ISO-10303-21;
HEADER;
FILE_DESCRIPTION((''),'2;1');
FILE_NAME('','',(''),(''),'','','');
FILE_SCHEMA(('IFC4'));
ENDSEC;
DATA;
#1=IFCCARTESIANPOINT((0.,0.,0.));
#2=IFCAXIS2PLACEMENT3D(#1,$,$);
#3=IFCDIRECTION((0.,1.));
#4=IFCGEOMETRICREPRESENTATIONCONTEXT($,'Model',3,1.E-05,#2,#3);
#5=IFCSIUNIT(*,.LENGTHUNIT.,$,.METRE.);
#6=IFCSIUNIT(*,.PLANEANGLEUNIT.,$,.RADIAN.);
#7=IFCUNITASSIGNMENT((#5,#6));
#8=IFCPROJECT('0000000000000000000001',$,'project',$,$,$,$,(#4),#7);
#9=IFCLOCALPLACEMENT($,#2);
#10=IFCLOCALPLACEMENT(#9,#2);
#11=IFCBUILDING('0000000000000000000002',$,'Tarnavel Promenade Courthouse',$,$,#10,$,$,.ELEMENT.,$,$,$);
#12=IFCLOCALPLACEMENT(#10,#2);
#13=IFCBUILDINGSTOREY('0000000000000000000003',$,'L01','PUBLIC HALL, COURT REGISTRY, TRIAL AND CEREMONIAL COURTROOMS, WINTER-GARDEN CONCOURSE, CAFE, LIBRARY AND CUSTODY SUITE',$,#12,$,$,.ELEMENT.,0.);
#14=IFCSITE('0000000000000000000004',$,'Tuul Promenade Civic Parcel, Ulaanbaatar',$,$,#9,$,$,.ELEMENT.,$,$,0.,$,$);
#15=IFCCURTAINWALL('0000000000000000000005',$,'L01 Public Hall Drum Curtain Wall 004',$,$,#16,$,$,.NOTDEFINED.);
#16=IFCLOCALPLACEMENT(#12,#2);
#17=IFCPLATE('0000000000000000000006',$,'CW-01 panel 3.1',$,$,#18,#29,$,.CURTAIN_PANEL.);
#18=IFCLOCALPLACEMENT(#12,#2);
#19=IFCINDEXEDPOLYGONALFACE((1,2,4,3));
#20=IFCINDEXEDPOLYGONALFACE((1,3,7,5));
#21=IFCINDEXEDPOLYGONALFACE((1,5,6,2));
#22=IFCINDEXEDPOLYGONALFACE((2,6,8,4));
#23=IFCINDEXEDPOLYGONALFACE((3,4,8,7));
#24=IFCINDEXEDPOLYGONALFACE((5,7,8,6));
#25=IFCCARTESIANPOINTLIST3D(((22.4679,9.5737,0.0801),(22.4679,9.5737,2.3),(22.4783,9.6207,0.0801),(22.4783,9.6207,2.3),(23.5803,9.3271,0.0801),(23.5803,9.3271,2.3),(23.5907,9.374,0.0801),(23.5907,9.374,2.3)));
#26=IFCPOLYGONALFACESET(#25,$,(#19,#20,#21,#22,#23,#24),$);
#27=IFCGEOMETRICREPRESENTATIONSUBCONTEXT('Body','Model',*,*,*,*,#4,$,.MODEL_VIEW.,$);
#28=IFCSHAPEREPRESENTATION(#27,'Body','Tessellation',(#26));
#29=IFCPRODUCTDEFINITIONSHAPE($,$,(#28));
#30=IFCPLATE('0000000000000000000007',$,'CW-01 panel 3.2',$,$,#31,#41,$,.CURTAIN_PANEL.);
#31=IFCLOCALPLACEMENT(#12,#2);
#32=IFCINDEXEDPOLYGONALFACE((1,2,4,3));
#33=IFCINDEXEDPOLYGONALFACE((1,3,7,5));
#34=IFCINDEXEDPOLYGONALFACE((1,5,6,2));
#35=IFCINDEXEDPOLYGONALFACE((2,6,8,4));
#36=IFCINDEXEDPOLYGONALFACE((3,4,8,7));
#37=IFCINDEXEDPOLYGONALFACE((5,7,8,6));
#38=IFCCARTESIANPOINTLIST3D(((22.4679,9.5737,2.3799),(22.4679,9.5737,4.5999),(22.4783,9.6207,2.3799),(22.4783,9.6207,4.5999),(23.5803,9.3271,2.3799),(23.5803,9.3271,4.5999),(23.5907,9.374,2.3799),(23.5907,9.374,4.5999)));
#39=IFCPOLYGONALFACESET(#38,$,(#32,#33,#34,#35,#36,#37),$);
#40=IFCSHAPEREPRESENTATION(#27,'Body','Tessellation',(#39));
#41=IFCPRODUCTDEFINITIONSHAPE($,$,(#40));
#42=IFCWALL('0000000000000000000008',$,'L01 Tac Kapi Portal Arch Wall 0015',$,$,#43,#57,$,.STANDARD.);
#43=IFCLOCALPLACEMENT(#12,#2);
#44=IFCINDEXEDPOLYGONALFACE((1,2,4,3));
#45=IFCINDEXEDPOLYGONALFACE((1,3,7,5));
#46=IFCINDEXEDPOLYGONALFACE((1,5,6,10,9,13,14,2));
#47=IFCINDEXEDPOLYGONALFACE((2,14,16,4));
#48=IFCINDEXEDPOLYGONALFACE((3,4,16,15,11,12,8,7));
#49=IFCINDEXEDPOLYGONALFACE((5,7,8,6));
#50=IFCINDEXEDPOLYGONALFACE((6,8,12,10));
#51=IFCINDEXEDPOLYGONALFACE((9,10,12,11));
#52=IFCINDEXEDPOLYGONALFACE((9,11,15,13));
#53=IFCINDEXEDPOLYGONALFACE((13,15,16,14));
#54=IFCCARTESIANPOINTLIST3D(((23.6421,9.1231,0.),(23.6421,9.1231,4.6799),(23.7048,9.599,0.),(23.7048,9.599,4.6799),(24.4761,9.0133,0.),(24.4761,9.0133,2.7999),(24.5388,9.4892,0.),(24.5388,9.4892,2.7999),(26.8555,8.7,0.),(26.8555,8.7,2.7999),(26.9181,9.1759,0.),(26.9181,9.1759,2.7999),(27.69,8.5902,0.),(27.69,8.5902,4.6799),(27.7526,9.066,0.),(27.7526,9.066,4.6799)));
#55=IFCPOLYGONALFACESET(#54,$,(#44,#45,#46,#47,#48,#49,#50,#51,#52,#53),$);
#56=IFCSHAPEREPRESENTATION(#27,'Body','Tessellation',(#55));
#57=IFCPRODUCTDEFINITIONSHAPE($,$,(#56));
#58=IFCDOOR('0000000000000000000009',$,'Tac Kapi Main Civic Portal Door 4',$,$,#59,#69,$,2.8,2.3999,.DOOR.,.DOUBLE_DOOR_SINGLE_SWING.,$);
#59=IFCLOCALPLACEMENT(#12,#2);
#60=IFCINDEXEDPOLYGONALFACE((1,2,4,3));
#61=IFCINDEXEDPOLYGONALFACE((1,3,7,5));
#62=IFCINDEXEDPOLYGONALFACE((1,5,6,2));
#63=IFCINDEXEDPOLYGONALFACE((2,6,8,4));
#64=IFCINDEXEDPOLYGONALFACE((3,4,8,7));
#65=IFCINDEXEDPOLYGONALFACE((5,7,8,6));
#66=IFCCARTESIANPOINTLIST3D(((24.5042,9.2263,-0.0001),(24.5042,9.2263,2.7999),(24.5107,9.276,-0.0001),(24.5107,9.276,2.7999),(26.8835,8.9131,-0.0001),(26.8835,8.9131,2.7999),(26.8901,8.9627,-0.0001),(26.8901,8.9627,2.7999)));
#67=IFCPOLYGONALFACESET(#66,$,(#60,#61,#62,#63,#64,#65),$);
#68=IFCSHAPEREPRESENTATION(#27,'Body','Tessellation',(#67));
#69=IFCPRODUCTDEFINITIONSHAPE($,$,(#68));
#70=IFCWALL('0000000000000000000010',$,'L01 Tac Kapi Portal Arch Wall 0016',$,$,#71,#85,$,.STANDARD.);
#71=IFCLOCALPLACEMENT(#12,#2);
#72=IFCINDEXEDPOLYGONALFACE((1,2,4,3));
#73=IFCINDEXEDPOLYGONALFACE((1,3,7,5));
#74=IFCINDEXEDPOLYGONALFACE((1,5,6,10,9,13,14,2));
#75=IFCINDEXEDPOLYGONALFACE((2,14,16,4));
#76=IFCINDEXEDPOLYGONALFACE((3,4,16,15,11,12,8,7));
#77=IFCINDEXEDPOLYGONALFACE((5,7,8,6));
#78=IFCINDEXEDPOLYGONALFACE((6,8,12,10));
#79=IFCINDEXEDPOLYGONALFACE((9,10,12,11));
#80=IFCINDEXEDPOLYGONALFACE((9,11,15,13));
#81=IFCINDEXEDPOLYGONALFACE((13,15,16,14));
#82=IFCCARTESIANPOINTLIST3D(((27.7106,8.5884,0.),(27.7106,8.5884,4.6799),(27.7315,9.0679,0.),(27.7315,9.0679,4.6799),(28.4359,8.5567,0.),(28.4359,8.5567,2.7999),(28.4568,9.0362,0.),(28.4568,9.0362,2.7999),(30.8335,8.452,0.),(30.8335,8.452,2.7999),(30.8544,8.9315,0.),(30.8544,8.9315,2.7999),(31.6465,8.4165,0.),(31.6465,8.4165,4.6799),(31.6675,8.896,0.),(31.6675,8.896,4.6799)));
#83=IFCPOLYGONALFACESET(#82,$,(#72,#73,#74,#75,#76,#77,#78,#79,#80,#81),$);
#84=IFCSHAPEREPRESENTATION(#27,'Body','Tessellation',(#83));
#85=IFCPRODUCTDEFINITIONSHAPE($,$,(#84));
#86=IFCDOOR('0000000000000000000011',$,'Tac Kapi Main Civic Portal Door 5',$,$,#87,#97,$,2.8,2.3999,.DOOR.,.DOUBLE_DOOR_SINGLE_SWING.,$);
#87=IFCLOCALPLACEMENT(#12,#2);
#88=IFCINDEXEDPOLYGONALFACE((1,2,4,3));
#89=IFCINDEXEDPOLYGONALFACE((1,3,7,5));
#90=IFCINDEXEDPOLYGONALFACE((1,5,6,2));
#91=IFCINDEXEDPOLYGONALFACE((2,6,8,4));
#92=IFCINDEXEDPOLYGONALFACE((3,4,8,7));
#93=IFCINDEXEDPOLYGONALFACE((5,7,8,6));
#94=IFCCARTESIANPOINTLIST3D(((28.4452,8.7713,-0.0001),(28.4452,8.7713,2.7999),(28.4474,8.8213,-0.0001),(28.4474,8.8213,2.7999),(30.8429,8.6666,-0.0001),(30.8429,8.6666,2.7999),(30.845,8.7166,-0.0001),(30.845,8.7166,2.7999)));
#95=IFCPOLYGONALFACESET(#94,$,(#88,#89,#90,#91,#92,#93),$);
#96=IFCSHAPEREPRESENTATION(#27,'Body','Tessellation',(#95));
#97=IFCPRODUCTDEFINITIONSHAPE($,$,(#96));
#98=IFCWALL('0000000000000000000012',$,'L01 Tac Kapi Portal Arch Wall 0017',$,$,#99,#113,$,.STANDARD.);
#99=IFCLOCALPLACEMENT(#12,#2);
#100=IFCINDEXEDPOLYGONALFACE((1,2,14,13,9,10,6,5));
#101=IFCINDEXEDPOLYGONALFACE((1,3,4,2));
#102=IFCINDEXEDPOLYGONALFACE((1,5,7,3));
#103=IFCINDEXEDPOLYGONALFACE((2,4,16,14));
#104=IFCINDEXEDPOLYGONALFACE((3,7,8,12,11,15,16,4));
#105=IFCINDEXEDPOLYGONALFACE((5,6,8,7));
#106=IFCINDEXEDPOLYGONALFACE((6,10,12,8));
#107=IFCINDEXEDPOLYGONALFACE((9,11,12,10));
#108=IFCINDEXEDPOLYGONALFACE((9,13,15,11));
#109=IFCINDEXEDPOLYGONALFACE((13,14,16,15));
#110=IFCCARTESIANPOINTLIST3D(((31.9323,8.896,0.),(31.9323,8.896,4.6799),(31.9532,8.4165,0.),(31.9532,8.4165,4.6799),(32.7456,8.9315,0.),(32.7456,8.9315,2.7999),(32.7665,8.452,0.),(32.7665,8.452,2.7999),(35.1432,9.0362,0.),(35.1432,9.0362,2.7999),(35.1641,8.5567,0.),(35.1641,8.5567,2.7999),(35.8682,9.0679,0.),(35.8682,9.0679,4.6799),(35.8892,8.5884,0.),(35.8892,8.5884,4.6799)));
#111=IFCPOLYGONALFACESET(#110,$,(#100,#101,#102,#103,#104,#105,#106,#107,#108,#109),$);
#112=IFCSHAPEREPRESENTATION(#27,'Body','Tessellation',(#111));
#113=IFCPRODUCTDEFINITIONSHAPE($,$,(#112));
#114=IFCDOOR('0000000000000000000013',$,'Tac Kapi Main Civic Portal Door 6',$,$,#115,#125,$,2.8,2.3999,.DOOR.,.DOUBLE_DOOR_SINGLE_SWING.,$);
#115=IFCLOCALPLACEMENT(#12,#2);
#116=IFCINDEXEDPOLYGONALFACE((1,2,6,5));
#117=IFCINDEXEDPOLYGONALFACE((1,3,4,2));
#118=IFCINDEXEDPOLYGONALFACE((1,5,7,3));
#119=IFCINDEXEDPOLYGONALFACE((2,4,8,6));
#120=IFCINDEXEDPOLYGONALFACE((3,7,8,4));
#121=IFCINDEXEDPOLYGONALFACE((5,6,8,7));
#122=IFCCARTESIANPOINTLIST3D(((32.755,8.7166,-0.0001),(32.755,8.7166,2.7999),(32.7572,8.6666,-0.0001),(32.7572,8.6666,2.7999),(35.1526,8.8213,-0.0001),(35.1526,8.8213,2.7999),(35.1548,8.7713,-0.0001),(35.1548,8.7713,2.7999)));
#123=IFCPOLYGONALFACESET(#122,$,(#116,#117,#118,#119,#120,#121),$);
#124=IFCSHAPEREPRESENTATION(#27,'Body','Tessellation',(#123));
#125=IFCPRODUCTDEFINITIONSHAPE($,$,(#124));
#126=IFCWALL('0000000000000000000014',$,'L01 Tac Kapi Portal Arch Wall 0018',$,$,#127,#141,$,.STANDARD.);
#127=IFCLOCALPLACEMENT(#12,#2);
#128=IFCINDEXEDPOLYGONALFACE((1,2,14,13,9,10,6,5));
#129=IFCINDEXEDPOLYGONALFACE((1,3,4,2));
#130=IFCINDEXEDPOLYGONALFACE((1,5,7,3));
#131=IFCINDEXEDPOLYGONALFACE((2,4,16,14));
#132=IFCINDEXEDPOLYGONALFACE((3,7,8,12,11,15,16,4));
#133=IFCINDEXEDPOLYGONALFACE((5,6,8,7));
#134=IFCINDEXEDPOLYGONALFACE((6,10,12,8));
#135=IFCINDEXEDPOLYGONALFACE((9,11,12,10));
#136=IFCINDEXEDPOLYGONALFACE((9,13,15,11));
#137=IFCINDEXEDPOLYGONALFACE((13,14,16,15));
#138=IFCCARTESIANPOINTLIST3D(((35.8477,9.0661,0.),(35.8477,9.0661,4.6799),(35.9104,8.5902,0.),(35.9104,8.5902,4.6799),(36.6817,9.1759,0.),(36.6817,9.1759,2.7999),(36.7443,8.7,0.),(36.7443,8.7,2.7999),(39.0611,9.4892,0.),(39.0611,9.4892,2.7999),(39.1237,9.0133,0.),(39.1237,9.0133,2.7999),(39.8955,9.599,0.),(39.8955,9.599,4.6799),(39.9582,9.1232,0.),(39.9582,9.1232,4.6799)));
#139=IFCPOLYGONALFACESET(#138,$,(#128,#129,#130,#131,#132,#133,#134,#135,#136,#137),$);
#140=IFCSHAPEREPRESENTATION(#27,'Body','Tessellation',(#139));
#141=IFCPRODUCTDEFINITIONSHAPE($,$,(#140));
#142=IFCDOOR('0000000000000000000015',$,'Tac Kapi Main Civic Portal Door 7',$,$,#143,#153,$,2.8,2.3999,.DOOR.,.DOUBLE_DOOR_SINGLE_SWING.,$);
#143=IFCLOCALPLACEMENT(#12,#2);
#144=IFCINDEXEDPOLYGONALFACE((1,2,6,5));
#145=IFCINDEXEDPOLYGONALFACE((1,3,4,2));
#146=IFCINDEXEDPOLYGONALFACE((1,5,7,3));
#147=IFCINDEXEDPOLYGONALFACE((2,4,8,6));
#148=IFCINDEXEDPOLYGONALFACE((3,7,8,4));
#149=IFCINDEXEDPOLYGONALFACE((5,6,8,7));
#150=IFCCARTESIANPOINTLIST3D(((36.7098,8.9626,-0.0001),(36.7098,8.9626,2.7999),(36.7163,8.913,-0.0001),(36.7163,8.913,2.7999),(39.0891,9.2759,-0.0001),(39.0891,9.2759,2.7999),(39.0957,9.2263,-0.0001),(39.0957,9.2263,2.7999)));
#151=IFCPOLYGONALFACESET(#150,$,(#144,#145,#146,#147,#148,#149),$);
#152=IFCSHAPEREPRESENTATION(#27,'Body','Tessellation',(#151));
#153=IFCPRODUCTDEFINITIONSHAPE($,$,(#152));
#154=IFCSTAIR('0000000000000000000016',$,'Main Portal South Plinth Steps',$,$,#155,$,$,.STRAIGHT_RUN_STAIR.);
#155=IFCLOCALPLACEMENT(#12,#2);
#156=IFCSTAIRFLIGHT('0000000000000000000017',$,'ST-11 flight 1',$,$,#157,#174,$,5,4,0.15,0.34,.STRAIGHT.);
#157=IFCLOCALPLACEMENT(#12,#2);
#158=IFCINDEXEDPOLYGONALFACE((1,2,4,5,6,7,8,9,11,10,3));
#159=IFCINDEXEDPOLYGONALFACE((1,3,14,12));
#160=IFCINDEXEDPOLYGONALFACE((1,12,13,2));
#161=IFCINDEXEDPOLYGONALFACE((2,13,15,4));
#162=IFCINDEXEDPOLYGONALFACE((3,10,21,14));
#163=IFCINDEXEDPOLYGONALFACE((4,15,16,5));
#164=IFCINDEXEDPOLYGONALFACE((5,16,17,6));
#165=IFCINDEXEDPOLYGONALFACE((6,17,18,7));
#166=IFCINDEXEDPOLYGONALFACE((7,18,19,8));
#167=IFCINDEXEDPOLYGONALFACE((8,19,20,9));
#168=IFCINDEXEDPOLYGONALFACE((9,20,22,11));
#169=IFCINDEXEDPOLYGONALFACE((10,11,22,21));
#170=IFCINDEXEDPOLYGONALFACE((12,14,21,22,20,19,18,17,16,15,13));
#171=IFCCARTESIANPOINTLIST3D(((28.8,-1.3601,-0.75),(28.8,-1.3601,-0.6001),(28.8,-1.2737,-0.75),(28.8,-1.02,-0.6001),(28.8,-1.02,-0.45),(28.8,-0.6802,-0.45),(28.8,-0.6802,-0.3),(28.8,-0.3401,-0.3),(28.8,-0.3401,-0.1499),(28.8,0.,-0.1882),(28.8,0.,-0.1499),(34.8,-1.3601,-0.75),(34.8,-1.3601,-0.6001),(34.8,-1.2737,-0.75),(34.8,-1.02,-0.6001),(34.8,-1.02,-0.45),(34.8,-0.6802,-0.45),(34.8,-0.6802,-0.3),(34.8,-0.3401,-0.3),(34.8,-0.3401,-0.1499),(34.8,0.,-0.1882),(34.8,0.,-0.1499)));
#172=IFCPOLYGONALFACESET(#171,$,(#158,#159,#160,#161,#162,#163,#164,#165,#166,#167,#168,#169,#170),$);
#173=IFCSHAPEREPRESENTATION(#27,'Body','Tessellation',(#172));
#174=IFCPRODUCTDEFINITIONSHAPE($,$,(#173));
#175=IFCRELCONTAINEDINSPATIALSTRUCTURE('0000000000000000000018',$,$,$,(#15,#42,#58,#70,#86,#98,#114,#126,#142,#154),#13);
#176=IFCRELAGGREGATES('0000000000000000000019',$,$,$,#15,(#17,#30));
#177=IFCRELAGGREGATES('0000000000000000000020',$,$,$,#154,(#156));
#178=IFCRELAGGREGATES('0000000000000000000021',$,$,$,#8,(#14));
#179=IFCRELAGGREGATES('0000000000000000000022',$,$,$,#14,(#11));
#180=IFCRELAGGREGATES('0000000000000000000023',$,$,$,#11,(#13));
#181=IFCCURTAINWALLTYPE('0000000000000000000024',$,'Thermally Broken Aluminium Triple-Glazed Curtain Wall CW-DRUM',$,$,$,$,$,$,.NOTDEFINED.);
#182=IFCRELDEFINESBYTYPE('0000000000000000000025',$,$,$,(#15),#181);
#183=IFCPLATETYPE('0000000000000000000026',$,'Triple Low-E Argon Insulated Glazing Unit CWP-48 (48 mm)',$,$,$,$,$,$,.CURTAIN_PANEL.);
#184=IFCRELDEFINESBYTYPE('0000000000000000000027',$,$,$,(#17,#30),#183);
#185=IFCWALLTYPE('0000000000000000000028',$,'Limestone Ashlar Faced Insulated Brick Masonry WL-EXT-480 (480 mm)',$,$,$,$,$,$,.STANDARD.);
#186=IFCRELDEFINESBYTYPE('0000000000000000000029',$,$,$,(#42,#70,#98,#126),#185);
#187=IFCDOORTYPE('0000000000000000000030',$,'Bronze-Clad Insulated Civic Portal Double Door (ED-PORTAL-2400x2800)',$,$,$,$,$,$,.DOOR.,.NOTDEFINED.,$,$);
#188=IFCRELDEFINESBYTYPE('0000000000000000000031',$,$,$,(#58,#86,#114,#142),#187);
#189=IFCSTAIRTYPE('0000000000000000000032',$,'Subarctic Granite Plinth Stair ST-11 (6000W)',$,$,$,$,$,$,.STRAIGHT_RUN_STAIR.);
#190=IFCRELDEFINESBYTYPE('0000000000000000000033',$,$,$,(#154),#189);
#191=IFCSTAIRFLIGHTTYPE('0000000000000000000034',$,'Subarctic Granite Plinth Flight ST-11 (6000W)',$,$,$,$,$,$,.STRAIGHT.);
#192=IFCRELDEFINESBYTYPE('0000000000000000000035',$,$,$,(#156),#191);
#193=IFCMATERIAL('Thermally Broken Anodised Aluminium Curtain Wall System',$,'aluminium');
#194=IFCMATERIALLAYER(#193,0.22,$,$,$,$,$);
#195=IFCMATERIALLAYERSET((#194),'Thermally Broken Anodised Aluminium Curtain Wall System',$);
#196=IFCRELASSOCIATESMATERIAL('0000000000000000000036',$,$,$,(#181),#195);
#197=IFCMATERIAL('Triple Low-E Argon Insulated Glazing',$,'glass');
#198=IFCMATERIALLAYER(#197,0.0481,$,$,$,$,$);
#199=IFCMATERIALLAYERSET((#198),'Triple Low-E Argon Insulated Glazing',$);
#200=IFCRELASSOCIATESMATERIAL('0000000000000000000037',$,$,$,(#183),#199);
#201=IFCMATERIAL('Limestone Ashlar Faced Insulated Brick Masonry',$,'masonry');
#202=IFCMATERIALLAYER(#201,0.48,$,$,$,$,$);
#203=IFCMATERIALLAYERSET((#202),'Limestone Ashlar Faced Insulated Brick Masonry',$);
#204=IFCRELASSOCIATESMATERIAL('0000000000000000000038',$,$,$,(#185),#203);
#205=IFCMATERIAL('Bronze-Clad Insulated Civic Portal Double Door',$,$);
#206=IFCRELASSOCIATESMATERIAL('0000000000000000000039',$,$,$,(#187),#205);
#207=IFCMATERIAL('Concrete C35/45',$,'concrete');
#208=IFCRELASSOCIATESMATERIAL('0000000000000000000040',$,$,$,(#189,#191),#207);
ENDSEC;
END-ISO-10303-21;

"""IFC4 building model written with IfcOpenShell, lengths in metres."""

from ifc_helpers import new_model, si_unit, direction, frame, frame_2d, origin, origin_2d, place, context, subcontext, project, spatial, polyline, rectangle, outline, extrude, material, layer, layer_set, type_object, element, fill, aggregate, save


model = new_model("IFC4")

# Units and contexts
model_context = context("Model", 3, precision=1e-05, world=origin(), true_north=direction((0.0, 1.0)))
body_context = subcontext(model_context, "Body", "Model", "MODEL_VIEW")
ifc_project = project(units=[si_unit("LENGTHUNIT", "METRE"), si_unit("PLANEANGLEUNIT", "RADIAN")], contexts=[model_context])

# Site, building, storey
site_placement = place(None, origin())
site = spatial("IfcSite", under=ifc_project, at=site_placement, Name="Tuul Promenade Civic Parcel, Ulaanbaatar", CompositionType="ELEMENT", RefElevation=0.0)
building_placement = place(site_placement, origin())
building = spatial("IfcBuilding", under=site, at=building_placement, Name="Tarnavel Promenade Courthouse", CompositionType="ELEMENT")
storey_placement = place(building_placement, origin())
storey = spatial("IfcBuildingStorey", under=building, at=storey_placement, Name="L01", Description="PUBLIC HALL, COURT REGISTRY, TRIAL AND CEREMONIAL COURTROOMS, WINTER-GARDEN CONCOURSE, CAFE, LIBRARY AND CUSTODY SUITE", CompositionType="ELEMENT", Elevation=0.0)

# Curtain wall, plates
ifc_material_1 = material(Name="Thermally Broken Anodised Aluminium Curtain Wall System", Category="aluminium")
ifc_layer_1 = layer(ifc_material_1, 0.22)
ifc_layer_set_1 = layer_set([ifc_layer_1], Name="Thermally Broken Anodised Aluminium Curtain Wall System")
curtain_wall_type = type_object("IfcCurtainWallType", Name="Thermally Broken Aluminium Triple-Glazed Curtain Wall CW-DRUM", PredefinedType="NOTDEFINED", material=ifc_layer_set_1)
curtain_wall_placement = place(storey_placement, origin())
curtain_wall = element("IfcCurtainWall", 1, at=curtain_wall_placement, inside=storey, type_object=curtain_wall_type, Name="L01 Public Hall Drum Curtain Wall 004", PredefinedType="NOTDEFINED")
ifc_material_2 = material(Name="Triple Low-E Argon Insulated Glazing", Category="glass")
ifc_layer_2 = layer(ifc_material_2, 0.0481)
ifc_layer_set_2 = layer_set([ifc_layer_2], Name="Triple Low-E Argon Insulated Glazing")
plate_type = type_object("IfcPlateType", Name="Triple Low-E Argon Insulated Glazing Unit CWP-48 (48 mm)", PredefinedType="CURTAIN_PANEL", material=ifc_layer_set_2)
plate_1_placement = place(storey_placement, frame((23.0293, 9.4739, 0.0801), z_axis=(0.0, 0.0, 1.0), x_axis=(0.976296, -0.21644, 0.0)))
plate_1 = element("IfcPlate", 2, at=plate_1_placement, type_object=plate_type, Name="CW-01 panel 3.1", PredefinedType="CURTAIN_PANEL", context=body_context, shape_type="SweptSolid", body=[
    extrude(rectangle(XDim=1.1394, YDim=0.0481, at=origin_2d()), origin(), (0.0, 0.0, 1.0), 2.22),
])
plate_2_placement = place(storey_placement, frame((23.0293, 9.4739, 2.3799), z_axis=(0.0, 0.0, 1.0), x_axis=(0.976296, -0.21644, 0.0)))
plate_2 = element("IfcPlate", 3, at=plate_2_placement, type_object=plate_type, Name="CW-01 panel 3.2", PredefinedType="CURTAIN_PANEL", context=body_context, shape_type="SweptSolid", body=[
    extrude(rectangle(XDim=1.1394, YDim=0.0481, at=origin_2d()), origin(), (0.0, 0.0, 1.0), 2.22),
])
aggregate(curtain_wall, [plate_1, plate_2])

# Walls, openings, doors
ifc_material_3 = material(Name="Limestone Ashlar Faced Insulated Brick Masonry", Category="masonry")
ifc_layer_3 = layer(ifc_material_3, 0.48)
ifc_layer_set_3 = layer_set([ifc_layer_3], Name="Limestone Ashlar Faced Insulated Brick Masonry")
wall_type = type_object("IfcWallType", Name="Limestone Ashlar Faced Insulated Brick Masonry WL-EXT-480 (480 mm)", PredefinedType="STANDARD", material=ifc_layer_set_3)
wall_1_placement = place(storey_placement, frame((23.6733, 9.3611, 0.0), z_axis=(0.0, 0.0, 1.0), x_axis=(0.991443, -0.130538, 0.0)))
wall_1 = element("IfcWall", 4, at=wall_1_placement, inside=storey, type_object=wall_type, Name="L01 Tac Kapi Portal Arch Wall 0015", PredefinedType="STANDARD", context=body_context, shape_type="SweptSolid", body=[
    extrude(rectangle(XDim=4.0828, YDim=0.48, at=frame_2d((2.0415, 0.0))), origin(), (0.0, 0.0, 1.0), 4.6799),
])
opening_1_placement = place(wall_1_placement, frame((0.8413, 0.0, 0.0)))
opening_1 = element("IfcOpeningElement", 5, at=opening_1_placement, cuts=wall_1, PredefinedType="OPENING", context=body_context, shape_type="SweptSolid", body=[
    extrude(rectangle(XDim=2.3999, YDim=2.8, at=frame_2d((1.2, 1.3999))), frame((0.0, 0.25, 0.0), z_axis=(0.0, -1.0, 0.0), x_axis=(1.0, 0.0, 0.0)), (0.0, 0.0, 1.0), 0.5),
])
ifc_material_4 = material(Name="Bronze-Clad Insulated Civic Portal Double Door")
door_type = type_object("IfcDoorType", Name="Bronze-Clad Insulated Civic Portal Double Door (ED-PORTAL-2400x2800)", OperationType="NOTDEFINED", PredefinedType="DOOR", material=ifc_material_4)
door_1_placement = place(opening_1_placement, origin())
door_1 = element("IfcDoor", 6, at=door_1_placement, inside=storey, type_object=door_type, Name="Tac Kapi Main Civic Portal Door 4", OperationType="DOUBLE_DOOR_SINGLE_SWING", OverallHeight=2.8, OverallWidth=2.3999, PredefinedType="DOOR", context=body_context, shape_type="SweptSolid", body=[
    extrude(rectangle(XDim=2.3999, YDim=2.8, at=frame_2d((1.2, 1.3999))), frame((0.0, 0.0249, 0.0), z_axis=(0.0, -1.0, 0.0), x_axis=(1.0, 0.0, 0.0)), (0.0, 0.0, 1.0), 0.05),
])
fill(opening_1, door_1)
wall_2_placement = place(storey_placement, frame((27.7212, 8.8281, 0.0), z_axis=(0.0, 0.0, 1.0), x_axis=(0.999048, -0.043625, 0.0)))
wall_2 = element("IfcWall", 7, at=wall_2_placement, inside=storey, type_object=wall_type, Name="L01 Tac Kapi Portal Arch Wall 0016", PredefinedType="STANDARD", context=body_context, shape_type="SweptSolid", body=[
    extrude(rectangle(XDim=3.9397, YDim=0.48, at=frame_2d((1.9697, 0.0))), origin(), (0.0, 0.0, 1.0), 4.6799),
])
opening_2_placement = place(wall_2_placement, frame((0.7258, 0.0, 0.0)))
opening_2 = element("IfcOpeningElement", 8, at=opening_2_placement, cuts=wall_2, PredefinedType="OPENING", context=body_context, shape_type="SweptSolid", body=[
    extrude(rectangle(XDim=2.3999, YDim=2.8, at=frame_2d((1.2, 1.3999))), frame((0.0, 0.25, 0.0), z_axis=(0.0, -1.0, 0.0), x_axis=(1.0, 0.0, 0.0)), (0.0, 0.0, 1.0), 0.5),
])
door_2_placement = place(opening_2_placement, origin())
door_2 = element("IfcDoor", 9, at=door_2_placement, inside=storey, type_object=door_type, Name="Tac Kapi Main Civic Portal Door 5", OperationType="DOUBLE_DOOR_SINGLE_SWING", OverallHeight=2.8, OverallWidth=2.3999, PredefinedType="DOOR", context=body_context, shape_type="SweptSolid", body=[
    extrude(rectangle(XDim=2.3999, YDim=2.8, at=frame_2d((1.2, 1.3999))), frame((0.0, 0.0249, 0.0), z_axis=(0.0, -1.0, 0.0), x_axis=(1.0, 0.0, 0.0)), (0.0, 0.0, 1.0), 0.05),
])
fill(opening_2, door_2)
wall_3_placement = place(storey_placement, frame((31.9429, 8.6562, 0.0), z_axis=(0.0, 0.0, 1.0), x_axis=(0.999048, 0.043625, 0.0)))
wall_3 = element("IfcWall", 10, at=wall_3_placement, inside=storey, type_object=wall_type, Name="L01 Tac Kapi Portal Arch Wall 0017", PredefinedType="STANDARD", context=body_context, shape_type="SweptSolid", body=[
    extrude(rectangle(XDim=3.9397, YDim=0.48, at=frame_2d((1.9697, 0.0))), origin(), (0.0, 0.0, 1.0), 4.6799),
])
opening_3_placement = place(wall_3_placement, frame((0.814, 0.0, 0.0)))
opening_3 = element("IfcOpeningElement", 11, at=opening_3_placement, cuts=wall_3, PredefinedType="OPENING", context=body_context, shape_type="SweptSolid", body=[
    extrude(rectangle(XDim=2.3999, YDim=2.8, at=frame_2d((1.2, 1.3999))), frame((0.0, 0.25, 0.0), z_axis=(0.0, -1.0, 0.0), x_axis=(1.0, 0.0, 0.0)), (0.0, 0.0, 1.0), 0.5),
])
door_3_placement = place(opening_3_placement, origin())
door_3 = element("IfcDoor", 12, at=door_3_placement, inside=storey, type_object=door_type, Name="Tac Kapi Main Civic Portal Door 6", OperationType="DOUBLE_DOOR_SINGLE_SWING", OverallHeight=2.8, OverallWidth=2.3999, PredefinedType="DOOR", context=body_context, shape_type="SweptSolid", body=[
    extrude(rectangle(XDim=2.3999, YDim=2.8, at=frame_2d((1.2, 1.3999))), frame((0.0, 0.0249, 0.0), z_axis=(0.0, -1.0, 0.0), x_axis=(1.0, 0.0, 0.0)), (0.0, 0.0, 1.0), 0.05),
])
fill(opening_3, door_3)
wall_4_placement = place(storey_placement, frame((35.8789, 8.8281, 0.0), z_axis=(0.0, 0.0, 1.0), x_axis=(0.991443, 0.130538, 0.0)))
wall_4 = element("IfcWall", 13, at=wall_4_placement, inside=storey, type_object=wall_type, Name="L01 Tac Kapi Portal Arch Wall 0018", PredefinedType="STANDARD", context=body_context, shape_type="SweptSolid", body=[
    extrude(rectangle(XDim=4.0828, YDim=0.48, at=frame_2d((2.0415, 0.0))), origin(), (0.0, 0.0, 1.0), 4.6799),
])
opening_4_placement = place(wall_4_placement, frame((0.8413, 0.0, 0.0)))
opening_4 = element("IfcOpeningElement", 14, at=opening_4_placement, cuts=wall_4, PredefinedType="OPENING", context=body_context, shape_type="SweptSolid", body=[
    extrude(rectangle(XDim=2.3999, YDim=2.8, at=frame_2d((1.2, 1.3999))), frame((0.0, 0.25, 0.0), z_axis=(0.0, -1.0, 0.0), x_axis=(1.0, 0.0, 0.0)), (0.0, 0.0, 1.0), 0.5),
])
door_4_placement = place(opening_4_placement, origin())
door_4 = element("IfcDoor", 15, at=door_4_placement, inside=storey, type_object=door_type, Name="Tac Kapi Main Civic Portal Door 7", OperationType="DOUBLE_DOOR_SINGLE_SWING", OverallHeight=2.8, OverallWidth=2.3999, PredefinedType="DOOR", context=body_context, shape_type="SweptSolid", body=[
    extrude(rectangle(XDim=2.3999, YDim=2.8, at=frame_2d((1.2, 1.3999))), frame((0.0, 0.0249, 0.0), z_axis=(0.0, -1.0, 0.0), x_axis=(1.0, 0.0, 0.0)), (0.0, 0.0, 1.0), 0.05),
])
fill(opening_4, door_4)

# Stair, stair flight
ifc_material_5 = material(Name="Concrete C35/45", Category="concrete")
stair_type = type_object("IfcStairType", Name="Subarctic Granite Plinth Stair ST-11 (6000W)", PredefinedType="STRAIGHT_RUN_STAIR", material=ifc_material_5)
stair_placement = place(storey_placement, origin())
stair = element("IfcStair", 16, at=stair_placement, inside=storey, type_object=stair_type, Name="Main Portal South Plinth Steps", PredefinedType="STRAIGHT_RUN_STAIR")
stair_flight_type = type_object("IfcStairFlightType", Name="Subarctic Granite Plinth Flight ST-11 (6000W)", PredefinedType="STRAIGHT", material=ifc_material_5)
stair_flight_placement = place(storey_placement, frame((31.8, -1.3601, -0.75), z_axis=(0.0, 0.0, 1.0), x_axis=(0.0, 1.0, 0.0)))
stair_flight = element("IfcStairFlight", 17, at=stair_flight_placement, type_object=stair_flight_type, Name="ST-11 flight 1", NumberOfRisers=5, NumberOfTreads=4, PredefinedType="STRAIGHT", RiserHeight=0.15, TreadLength=0.34, context=body_context, shape_type="SweptSolid", body=[
    extrude(outline(polyline([(0.0, 0.0), (0.0, 0.1499), (0.3401, 0.1499), (0.3401, 0.3), (0.6799, 0.3), (0.6799, 0.45), (1.02, 0.45), (1.02, 0.6001), (1.3601, 0.6001), (1.3601, 0.75), (1.3601, 0.5618), (0.0864, 0.0), (0.0, 0.0)])), frame((0.0, 3.0, 0.0), z_axis=(0.0, -1.0, 0.0), x_axis=(1.0, 0.0, 0.0)), (0.0, 0.0, 1.0), 6.0),
])
aggregate(stair, [stair_flight])

save(model, "model.ifc")
